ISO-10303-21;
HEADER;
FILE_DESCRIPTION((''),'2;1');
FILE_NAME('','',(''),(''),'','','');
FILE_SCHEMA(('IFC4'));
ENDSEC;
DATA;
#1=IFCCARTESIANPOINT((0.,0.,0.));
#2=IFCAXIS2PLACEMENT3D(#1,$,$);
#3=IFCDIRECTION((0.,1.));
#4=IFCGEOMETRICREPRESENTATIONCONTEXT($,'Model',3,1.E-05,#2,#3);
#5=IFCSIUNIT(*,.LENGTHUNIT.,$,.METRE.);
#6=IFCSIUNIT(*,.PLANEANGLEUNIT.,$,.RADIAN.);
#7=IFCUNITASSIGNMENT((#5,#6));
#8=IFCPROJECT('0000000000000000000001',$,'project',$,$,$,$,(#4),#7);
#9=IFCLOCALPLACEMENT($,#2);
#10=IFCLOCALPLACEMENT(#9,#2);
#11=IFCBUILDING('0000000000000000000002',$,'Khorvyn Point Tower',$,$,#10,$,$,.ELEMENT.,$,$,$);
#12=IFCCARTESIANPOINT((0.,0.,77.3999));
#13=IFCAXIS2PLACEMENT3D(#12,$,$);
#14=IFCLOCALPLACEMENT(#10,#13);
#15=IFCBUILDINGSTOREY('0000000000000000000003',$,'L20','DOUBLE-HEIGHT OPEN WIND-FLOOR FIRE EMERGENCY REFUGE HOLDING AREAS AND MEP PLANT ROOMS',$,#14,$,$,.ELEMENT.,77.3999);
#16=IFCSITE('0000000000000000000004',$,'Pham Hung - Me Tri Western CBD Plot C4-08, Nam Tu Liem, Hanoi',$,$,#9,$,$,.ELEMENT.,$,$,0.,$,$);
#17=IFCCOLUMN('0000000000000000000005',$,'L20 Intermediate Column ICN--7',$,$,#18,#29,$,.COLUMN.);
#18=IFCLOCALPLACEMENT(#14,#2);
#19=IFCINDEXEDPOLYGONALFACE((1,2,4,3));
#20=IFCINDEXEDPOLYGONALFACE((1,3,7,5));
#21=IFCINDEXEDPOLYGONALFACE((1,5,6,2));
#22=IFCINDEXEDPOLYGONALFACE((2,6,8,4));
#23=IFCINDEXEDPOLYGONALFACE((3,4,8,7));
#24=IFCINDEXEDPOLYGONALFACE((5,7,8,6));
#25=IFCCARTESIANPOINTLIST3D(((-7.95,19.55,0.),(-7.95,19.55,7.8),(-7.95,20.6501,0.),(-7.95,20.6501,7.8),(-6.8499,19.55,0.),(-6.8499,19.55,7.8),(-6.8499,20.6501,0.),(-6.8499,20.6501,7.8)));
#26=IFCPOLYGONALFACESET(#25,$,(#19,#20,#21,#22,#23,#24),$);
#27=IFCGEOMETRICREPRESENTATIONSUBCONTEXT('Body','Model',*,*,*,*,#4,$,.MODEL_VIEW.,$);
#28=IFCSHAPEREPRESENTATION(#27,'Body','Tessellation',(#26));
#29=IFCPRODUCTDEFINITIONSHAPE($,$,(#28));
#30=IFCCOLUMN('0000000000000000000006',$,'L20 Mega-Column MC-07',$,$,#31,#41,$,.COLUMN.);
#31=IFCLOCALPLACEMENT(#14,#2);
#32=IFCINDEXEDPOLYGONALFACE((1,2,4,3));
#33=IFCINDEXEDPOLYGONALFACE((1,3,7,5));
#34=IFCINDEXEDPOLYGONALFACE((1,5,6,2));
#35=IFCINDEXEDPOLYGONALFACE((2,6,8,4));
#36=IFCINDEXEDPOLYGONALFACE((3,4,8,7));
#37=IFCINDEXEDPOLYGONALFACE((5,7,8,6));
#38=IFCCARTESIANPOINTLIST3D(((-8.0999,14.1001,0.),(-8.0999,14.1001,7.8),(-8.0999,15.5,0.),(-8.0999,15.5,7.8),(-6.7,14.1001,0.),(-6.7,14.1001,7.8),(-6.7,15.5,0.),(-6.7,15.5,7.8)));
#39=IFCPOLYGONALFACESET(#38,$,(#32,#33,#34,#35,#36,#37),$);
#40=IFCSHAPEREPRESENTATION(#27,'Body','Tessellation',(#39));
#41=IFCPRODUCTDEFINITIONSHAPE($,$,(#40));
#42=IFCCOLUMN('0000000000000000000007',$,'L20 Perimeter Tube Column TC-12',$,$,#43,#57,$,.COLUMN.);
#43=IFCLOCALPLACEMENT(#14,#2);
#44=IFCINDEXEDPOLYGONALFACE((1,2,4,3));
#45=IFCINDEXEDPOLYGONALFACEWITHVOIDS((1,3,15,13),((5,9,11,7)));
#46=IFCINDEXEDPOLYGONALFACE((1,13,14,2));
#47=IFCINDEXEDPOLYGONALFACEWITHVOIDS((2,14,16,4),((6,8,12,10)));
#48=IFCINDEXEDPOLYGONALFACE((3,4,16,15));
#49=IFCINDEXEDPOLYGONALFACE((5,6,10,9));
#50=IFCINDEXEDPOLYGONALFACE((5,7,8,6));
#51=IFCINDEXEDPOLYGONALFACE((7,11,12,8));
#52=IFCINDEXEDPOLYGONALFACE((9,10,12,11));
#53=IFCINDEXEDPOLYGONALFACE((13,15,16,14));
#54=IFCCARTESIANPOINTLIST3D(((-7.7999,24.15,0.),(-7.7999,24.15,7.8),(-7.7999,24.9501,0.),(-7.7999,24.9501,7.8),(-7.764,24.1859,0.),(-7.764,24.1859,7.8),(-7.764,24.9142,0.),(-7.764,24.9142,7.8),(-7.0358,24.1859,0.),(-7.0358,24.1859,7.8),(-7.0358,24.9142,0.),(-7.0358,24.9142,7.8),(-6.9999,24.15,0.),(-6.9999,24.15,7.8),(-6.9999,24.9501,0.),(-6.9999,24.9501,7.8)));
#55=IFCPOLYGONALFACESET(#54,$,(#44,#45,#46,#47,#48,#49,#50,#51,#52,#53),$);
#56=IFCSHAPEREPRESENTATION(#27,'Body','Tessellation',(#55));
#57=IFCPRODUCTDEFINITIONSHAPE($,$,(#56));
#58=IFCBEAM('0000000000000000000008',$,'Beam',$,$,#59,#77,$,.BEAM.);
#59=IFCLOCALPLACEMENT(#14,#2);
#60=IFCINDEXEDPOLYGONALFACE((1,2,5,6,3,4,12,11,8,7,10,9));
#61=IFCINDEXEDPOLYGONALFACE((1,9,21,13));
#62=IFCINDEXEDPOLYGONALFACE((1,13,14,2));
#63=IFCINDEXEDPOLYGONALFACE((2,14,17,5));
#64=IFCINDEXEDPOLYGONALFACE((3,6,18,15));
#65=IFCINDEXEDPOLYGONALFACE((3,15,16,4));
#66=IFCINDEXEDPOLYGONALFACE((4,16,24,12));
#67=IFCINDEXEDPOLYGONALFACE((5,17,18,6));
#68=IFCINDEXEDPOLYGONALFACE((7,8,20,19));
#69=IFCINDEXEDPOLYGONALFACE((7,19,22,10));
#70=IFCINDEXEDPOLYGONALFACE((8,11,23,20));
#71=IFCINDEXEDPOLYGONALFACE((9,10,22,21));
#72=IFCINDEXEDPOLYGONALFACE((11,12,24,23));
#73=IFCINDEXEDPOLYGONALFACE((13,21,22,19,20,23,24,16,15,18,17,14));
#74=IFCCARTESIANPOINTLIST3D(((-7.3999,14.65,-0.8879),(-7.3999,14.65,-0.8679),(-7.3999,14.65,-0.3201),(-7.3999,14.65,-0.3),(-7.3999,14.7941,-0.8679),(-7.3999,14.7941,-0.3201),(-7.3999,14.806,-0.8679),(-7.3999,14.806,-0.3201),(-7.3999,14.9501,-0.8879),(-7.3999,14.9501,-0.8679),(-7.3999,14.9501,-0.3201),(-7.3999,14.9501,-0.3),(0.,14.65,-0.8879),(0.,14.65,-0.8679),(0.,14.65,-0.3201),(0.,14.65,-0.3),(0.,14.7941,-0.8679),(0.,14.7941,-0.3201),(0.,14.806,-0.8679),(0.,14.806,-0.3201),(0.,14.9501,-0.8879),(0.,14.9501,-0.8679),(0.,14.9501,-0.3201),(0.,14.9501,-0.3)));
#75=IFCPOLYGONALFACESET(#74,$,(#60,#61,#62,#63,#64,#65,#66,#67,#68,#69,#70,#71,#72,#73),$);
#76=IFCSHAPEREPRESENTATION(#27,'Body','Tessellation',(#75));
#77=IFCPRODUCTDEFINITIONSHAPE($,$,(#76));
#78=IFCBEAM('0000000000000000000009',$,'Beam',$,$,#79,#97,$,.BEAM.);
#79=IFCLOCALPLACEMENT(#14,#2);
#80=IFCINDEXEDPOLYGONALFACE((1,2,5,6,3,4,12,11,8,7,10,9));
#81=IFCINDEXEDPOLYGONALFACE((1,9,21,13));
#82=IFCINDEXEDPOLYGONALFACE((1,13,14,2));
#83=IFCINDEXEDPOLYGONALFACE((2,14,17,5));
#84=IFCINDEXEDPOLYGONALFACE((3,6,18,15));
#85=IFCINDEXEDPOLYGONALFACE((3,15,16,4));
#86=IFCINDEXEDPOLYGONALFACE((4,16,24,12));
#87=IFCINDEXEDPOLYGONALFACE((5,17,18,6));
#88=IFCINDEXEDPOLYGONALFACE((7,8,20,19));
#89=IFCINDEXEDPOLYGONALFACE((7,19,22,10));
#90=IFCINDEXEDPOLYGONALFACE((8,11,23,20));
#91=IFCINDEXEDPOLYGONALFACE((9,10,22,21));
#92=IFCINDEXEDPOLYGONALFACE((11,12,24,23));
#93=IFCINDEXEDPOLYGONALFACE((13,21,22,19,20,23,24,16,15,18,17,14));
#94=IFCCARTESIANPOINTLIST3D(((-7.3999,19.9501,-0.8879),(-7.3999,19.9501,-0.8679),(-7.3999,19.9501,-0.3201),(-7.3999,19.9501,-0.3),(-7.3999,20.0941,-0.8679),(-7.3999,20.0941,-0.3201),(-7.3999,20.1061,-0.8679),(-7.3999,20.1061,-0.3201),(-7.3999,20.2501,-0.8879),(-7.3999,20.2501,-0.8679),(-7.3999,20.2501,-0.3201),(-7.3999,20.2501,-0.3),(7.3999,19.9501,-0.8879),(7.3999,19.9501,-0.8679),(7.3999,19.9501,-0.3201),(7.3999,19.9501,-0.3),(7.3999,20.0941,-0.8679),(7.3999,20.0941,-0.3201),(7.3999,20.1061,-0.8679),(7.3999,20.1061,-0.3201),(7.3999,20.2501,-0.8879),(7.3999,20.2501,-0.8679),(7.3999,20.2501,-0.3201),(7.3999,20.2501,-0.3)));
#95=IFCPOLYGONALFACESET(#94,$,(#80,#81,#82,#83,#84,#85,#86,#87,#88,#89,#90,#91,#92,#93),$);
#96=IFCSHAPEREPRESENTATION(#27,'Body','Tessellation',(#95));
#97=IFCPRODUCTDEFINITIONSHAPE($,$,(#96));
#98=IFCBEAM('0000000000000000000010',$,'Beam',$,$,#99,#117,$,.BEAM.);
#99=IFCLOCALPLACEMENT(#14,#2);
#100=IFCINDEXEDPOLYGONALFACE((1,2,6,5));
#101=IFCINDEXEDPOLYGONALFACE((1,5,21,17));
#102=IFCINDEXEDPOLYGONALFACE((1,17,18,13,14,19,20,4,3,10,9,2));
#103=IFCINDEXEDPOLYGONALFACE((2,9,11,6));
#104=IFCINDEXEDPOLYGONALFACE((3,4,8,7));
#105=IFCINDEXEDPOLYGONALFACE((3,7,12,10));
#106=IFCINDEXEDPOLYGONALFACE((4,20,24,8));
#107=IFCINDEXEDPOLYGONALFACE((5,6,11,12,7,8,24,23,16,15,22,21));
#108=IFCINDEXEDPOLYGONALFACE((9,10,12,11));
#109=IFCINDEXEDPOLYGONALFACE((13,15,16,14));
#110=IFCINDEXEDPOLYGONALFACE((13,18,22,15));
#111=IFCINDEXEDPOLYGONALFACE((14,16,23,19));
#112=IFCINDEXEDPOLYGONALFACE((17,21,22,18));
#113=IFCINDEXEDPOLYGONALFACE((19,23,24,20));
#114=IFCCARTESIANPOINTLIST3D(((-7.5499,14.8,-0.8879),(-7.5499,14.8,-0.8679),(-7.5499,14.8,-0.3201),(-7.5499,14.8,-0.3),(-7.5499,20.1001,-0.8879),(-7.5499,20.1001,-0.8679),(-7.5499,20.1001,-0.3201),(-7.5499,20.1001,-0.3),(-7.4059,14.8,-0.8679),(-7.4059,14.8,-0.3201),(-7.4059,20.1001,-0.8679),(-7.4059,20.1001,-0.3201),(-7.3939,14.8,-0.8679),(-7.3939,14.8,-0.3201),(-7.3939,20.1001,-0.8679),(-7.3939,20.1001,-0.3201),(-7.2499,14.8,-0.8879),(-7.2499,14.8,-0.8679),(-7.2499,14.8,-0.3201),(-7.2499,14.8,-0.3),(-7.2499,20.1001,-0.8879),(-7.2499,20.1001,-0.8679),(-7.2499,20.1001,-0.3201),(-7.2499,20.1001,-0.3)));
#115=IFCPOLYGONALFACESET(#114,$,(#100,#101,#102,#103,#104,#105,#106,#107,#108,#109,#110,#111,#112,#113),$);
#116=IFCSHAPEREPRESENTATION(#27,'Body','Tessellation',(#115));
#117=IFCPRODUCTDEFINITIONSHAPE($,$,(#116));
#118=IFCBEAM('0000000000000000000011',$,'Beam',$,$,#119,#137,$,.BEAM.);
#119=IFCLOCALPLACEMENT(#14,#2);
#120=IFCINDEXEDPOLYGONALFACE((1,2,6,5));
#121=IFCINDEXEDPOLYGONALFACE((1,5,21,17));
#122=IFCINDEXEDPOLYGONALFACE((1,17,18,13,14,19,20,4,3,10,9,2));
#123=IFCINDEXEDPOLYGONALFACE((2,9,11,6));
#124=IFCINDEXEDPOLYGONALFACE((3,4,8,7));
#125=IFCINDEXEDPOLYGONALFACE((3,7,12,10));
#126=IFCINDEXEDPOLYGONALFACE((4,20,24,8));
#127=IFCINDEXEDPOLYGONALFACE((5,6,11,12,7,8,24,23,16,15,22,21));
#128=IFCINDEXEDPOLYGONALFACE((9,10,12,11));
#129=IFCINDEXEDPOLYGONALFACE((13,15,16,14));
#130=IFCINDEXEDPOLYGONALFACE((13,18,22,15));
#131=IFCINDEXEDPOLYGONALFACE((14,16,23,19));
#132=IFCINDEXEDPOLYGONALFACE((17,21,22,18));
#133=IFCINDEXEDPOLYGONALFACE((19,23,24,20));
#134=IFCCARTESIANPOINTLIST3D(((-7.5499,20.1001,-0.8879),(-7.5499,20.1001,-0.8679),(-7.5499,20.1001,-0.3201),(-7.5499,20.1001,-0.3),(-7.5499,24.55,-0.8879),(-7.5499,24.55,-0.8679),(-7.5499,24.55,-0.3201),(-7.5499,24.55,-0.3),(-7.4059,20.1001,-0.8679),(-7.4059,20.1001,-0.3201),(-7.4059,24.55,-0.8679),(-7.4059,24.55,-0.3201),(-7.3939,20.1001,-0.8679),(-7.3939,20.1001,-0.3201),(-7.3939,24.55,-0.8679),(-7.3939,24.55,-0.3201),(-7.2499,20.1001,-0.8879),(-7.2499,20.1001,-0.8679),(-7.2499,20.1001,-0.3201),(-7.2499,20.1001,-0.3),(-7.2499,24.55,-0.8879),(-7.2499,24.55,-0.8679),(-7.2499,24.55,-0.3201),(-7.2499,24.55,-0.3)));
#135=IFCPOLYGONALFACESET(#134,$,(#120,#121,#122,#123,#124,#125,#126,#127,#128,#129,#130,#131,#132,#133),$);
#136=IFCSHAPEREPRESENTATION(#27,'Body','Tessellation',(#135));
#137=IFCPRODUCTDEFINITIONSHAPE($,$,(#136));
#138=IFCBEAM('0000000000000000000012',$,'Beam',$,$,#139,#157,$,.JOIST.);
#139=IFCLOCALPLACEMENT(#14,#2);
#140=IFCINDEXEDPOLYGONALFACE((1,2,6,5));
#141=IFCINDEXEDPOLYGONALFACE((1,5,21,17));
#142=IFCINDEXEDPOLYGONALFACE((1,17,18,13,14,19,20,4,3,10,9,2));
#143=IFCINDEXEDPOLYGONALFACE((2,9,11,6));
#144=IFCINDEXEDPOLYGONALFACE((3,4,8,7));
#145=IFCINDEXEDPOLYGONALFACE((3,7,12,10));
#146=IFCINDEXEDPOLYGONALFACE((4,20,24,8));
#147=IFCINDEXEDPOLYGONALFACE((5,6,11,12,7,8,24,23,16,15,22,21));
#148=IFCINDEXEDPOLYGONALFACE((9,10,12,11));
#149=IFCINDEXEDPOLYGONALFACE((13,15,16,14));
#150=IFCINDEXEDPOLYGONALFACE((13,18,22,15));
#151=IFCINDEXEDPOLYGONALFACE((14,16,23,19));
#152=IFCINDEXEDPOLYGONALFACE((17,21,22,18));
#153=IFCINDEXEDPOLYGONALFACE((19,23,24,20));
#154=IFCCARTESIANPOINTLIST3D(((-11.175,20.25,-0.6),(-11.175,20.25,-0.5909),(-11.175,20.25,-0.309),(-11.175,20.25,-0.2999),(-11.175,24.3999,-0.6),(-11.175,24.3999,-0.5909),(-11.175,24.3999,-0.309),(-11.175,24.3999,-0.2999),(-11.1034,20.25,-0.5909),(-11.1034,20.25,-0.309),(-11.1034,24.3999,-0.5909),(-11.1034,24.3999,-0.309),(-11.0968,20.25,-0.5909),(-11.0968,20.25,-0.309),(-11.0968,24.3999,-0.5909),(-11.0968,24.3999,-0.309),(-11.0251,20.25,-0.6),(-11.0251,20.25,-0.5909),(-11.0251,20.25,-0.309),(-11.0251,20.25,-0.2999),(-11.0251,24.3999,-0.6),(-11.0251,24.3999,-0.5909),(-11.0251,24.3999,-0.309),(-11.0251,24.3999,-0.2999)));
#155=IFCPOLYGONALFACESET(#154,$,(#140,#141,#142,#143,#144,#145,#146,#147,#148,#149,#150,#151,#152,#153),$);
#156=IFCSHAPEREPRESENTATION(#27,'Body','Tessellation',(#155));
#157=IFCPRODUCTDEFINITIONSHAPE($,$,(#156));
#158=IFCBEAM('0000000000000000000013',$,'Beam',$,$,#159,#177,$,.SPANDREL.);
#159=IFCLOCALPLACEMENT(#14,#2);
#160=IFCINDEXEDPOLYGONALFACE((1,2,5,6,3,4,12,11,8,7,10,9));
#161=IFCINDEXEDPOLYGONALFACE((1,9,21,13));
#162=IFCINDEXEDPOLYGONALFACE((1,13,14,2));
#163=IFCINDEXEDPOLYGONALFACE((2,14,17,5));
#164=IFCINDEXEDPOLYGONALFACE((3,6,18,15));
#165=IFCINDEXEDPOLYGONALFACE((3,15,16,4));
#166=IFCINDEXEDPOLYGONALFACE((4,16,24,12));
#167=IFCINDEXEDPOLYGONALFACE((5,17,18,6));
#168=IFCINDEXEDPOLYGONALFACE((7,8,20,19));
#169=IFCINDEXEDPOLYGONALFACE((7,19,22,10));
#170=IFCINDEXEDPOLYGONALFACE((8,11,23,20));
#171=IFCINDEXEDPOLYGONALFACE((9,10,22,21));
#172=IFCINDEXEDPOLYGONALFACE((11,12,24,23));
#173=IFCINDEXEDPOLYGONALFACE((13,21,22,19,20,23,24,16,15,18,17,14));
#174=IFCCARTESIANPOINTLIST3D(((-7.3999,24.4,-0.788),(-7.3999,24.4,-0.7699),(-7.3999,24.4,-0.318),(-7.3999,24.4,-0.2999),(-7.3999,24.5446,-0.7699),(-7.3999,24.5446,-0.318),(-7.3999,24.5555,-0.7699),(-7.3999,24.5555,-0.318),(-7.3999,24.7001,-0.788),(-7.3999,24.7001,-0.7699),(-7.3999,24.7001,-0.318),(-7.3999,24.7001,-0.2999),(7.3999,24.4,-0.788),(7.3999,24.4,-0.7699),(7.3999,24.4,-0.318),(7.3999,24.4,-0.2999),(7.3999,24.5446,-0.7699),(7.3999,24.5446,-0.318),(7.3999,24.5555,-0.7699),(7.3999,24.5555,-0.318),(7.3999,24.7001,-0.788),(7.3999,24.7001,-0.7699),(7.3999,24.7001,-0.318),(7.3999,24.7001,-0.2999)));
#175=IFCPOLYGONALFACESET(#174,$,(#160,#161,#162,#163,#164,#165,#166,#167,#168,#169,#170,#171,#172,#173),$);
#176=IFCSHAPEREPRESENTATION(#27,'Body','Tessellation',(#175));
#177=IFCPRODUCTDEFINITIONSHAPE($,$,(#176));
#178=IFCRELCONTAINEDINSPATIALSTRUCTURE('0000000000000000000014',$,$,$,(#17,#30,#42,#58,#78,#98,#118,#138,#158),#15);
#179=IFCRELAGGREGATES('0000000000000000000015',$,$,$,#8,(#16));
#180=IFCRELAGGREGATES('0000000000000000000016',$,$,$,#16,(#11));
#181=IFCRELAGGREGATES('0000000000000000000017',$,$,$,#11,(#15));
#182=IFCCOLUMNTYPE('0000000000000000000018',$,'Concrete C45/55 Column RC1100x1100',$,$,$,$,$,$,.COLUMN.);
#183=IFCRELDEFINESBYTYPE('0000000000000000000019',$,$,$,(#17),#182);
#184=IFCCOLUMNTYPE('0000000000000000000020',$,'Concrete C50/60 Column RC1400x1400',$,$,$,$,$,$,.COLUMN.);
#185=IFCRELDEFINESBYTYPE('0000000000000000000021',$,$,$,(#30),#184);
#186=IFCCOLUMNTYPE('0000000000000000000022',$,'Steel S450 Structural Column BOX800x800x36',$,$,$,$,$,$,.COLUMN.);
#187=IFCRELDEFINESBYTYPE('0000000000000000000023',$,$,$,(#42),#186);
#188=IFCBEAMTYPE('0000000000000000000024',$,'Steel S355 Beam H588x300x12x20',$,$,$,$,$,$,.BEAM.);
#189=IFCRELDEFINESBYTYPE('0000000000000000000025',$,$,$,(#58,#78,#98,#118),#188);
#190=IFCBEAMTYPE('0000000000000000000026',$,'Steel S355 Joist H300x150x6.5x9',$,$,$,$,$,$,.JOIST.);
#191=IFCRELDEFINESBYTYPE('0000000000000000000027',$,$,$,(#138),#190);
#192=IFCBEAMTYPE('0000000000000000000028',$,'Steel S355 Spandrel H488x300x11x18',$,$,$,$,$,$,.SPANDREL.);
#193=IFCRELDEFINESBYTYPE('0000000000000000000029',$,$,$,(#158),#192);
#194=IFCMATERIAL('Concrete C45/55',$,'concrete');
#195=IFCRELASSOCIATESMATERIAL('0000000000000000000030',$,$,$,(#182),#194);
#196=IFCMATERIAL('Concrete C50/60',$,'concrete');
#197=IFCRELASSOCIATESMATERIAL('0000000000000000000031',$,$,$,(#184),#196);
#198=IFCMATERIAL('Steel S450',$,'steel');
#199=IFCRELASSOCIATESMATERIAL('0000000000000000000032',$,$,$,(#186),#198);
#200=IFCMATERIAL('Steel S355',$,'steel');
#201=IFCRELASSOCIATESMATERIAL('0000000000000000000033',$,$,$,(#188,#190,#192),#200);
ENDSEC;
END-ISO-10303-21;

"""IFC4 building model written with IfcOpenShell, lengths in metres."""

from ifc_helpers import new_model, si_unit, direction, frame, origin, origin_2d, place, context, subcontext, project, spatial, rectangle, hollow_rectangle, i_section, extrude, material, material_profile, profile_set, type_object, element, save


model = new_model("IFC4")

# Units and contexts
model_context = context("Model", 3, precision=1e-05, world=origin(), true_north=direction((0.0, 1.0)))
body_context = subcontext(model_context, "Body", "Model", "MODEL_VIEW")
ifc_project = project(units=[si_unit("LENGTHUNIT", "METRE"), si_unit("PLANEANGLEUNIT", "RADIAN")], contexts=[model_context])

# Site, building, storey
site_placement = place(None, origin())
site = spatial("IfcSite", under=ifc_project, at=site_placement, Name="Pham Hung - Me Tri Western CBD Plot C4-08, Nam Tu Liem, Hanoi", CompositionType="ELEMENT", RefElevation=0.0)
building_placement = place(site_placement, origin())
building = spatial("IfcBuilding", under=site, at=building_placement, Name="Khorvyn Point Tower", CompositionType="ELEMENT")
storey_placement = place(building_placement, frame((0.0, 0.0, 77.3999)))
storey = spatial("IfcBuildingStorey", under=building, at=storey_placement, Name="L20", Description="DOUBLE-HEIGHT OPEN WIND-FLOOR FIRE EMERGENCY REFUGE HOLDING AREAS AND MEP PLANT ROOMS", CompositionType="ELEMENT", Elevation=77.3999)

# Columns
ifc_material_1 = material(Name="Concrete C45/55", Category="concrete")
ifc_material_profile_1 = material_profile(ifc_material_1, rectangle(XDim=1.1001, YDim=1.1001, at=origin_2d()))
ifc_profile_set_1 = profile_set([ifc_material_profile_1], Name="Concrete C45/55 RC1100x1100")
column_type_1 = type_object("IfcColumnType", Name="Concrete C45/55 Column RC1100x1100", PredefinedType="COLUMN", material=ifc_profile_set_1)
column_1_placement = place(storey_placement, frame((-7.3999, 20.1001, 0.0), z_axis=(0.0, 0.0, 1.0), x_axis=(1.0, 0.0, 0.0)))
element("IfcColumn", 1, at=column_1_placement, inside=storey, type_object=column_type_1, Name="L20 Intermediate Column ICN--7", PredefinedType="COLUMN", context=body_context, shape_type="SweptSolid", body=[
    extrude(rectangle(XDim=1.1001, YDim=1.1001, at=origin_2d()), origin(), (0.0, 0.0, 1.0), 7.8),
])
ifc_material_2 = material(Name="Concrete C50/60", Category="concrete")
ifc_material_profile_2 = material_profile(ifc_material_2, rectangle(XDim=1.3999, YDim=1.3999, at=origin_2d()))
ifc_profile_set_2 = profile_set([ifc_material_profile_2], Name="Concrete C50/60 RC1400x1400")
column_type_2 = type_object("IfcColumnType", Name="Concrete C50/60 Column RC1400x1400", PredefinedType="COLUMN", material=ifc_profile_set_2)
column_2_placement = place(storey_placement, frame((-7.3999, 14.8, 0.0), z_axis=(0.0, 0.0, 1.0), x_axis=(1.0, 0.0, 0.0)))
element("IfcColumn", 2, at=column_2_placement, inside=storey, type_object=column_type_2, Name="L20 Mega-Column MC-07", PredefinedType="COLUMN", context=body_context, shape_type="SweptSolid", body=[
    extrude(rectangle(XDim=1.3999, YDim=1.3999, at=origin_2d()), origin(), (0.0, 0.0, 1.0), 7.8),
])
ifc_material_3 = material(Name="Steel S450", Category="steel")
ifc_material_profile_3 = material_profile(ifc_material_3, hollow_rectangle(XDim=0.8, YDim=0.8, WallThickness=0.0359, at=origin_2d()))
ifc_profile_set_3 = profile_set([ifc_material_profile_3], Name="Steel S450 BOX800x800x36")
column_type_3 = type_object("IfcColumnType", Name="Steel S450 Structural Column BOX800x800x36", PredefinedType="COLUMN", material=ifc_profile_set_3)
column_3_placement = place(storey_placement, frame((-7.3999, 24.55, 0.0), z_axis=(0.0, 0.0, 1.0), x_axis=(1.0, 0.0, 0.0)))
element("IfcColumn", 3, at=column_3_placement, inside=storey, type_object=column_type_3, Name="L20 Perimeter Tube Column TC-12", PredefinedType="COLUMN", context=body_context, shape_type="SweptSolid", body=[
    extrude(hollow_rectangle(XDim=0.8, YDim=0.8, WallThickness=0.0359, at=origin_2d()), origin(), (0.0, 0.0, 1.0), 7.8),
])

# Beams
ifc_material_4 = material(Name="Steel S355", Category="steel")
ifc_material_profile_4 = material_profile(ifc_material_4, i_section(OverallWidth=0.3, OverallDepth=0.5879, WebThickness=0.012, FlangeThickness=0.02, at=origin_2d()))
ifc_profile_set_4 = profile_set([ifc_material_profile_4], Name="Steel S355 H588x300x12x20")
beam_type_1 = type_object("IfcBeamType", Name="Steel S355 Beam H588x300x12x20", PredefinedType="BEAM", material=ifc_profile_set_4)
beam_1_placement = place(storey_placement, frame((-7.3999, 14.8, -0.594), z_axis=(1.0, 0.0, 0.0), x_axis=(0.0, 1.0, 0.0)))
element("IfcBeam", 4, at=beam_1_placement, inside=storey, type_object=beam_type_1, Name="Beam", PredefinedType="BEAM", context=body_context, shape_type="SweptSolid", body=[
    extrude(i_section(OverallWidth=0.3, OverallDepth=0.5879, WebThickness=0.012, FlangeThickness=0.02, at=origin_2d()), origin(), (0.0, 0.0, 1.0), 7.3999),
])
beam_2_placement = place(storey_placement, frame((-7.3999, 20.1001, -0.594), z_axis=(1.0, 0.0, 0.0), x_axis=(0.0, 1.0, 0.0)))
element("IfcBeam", 5, at=beam_2_placement, inside=storey, type_object=beam_type_1, Name="Beam", PredefinedType="BEAM", context=body_context, shape_type="SweptSolid", body=[
    extrude(i_section(OverallWidth=0.3, OverallDepth=0.5879, WebThickness=0.012, FlangeThickness=0.02, at=origin_2d()), origin(), (0.0, 0.0, 1.0), 14.7998),
])
beam_3_placement = place(storey_placement, frame((-7.3999, 14.8, -0.594), z_axis=(0.0, 1.0, 0.0), x_axis=(-1.0, 0.0, 0.0)))
element("IfcBeam", 6, at=beam_3_placement, inside=storey, type_object=beam_type_1, Name="Beam", PredefinedType="BEAM", context=body_context, shape_type="SweptSolid", body=[
    extrude(i_section(OverallWidth=0.3, OverallDepth=0.5879, WebThickness=0.012, FlangeThickness=0.02, at=origin_2d()), origin(), (0.0, 0.0, 1.0), 5.3),
])
beam_4_placement = place(storey_placement, frame((-7.3999, 20.1001, -0.594), z_axis=(0.0, 1.0, 0.0), x_axis=(-1.0, 0.0, 0.0)))
element("IfcBeam", 7, at=beam_4_placement, inside=storey, type_object=beam_type_1, Name="Beam", PredefinedType="BEAM", context=body_context, shape_type="SweptSolid", body=[
    extrude(i_section(OverallWidth=0.3, OverallDepth=0.5879, WebThickness=0.012, FlangeThickness=0.02, at=origin_2d()), origin(), (0.0, 0.0, 1.0), 4.45),
])
ifc_material_profile_5 = material_profile(ifc_material_4, i_section(OverallWidth=0.1499, OverallDepth=0.3, WebThickness=0.0066, FlangeThickness=0.009, at=origin_2d()))
ifc_profile_set_5 = profile_set([ifc_material_profile_5], Name="Steel S355 H300x150x6.5x9")
beam_type_2 = type_object("IfcBeamType", Name="Steel S355 Joist H300x150x6.5x9", PredefinedType="JOIST", material=ifc_profile_set_5)
beam_5_placement = place(storey_placement, frame((-11.1001, 20.25, -0.45), z_axis=(0.0, 1.0, 0.0), x_axis=(-1.0, 0.0, 0.0)))
element("IfcBeam", 8, at=beam_5_placement, inside=storey, type_object=beam_type_2, Name="Beam", PredefinedType="JOIST", context=body_context, shape_type="SweptSolid", body=[
    extrude(i_section(OverallWidth=0.1499, OverallDepth=0.3, WebThickness=0.0066, FlangeThickness=0.009, at=origin_2d()), origin(), (0.0, 0.0, 1.0), 4.1499),
])
ifc_material_profile_6 = material_profile(ifc_material_4, i_section(OverallWidth=0.3, OverallDepth=0.488, WebThickness=0.011, FlangeThickness=0.0181, at=origin_2d()))
ifc_profile_set_6 = profile_set([ifc_material_profile_6], Name="Steel S355 H488x300x11x18")
beam_type_3 = type_object("IfcBeamType", Name="Steel S355 Spandrel H488x300x11x18", PredefinedType="SPANDREL", material=ifc_profile_set_6)
beam_6_placement = place(storey_placement, frame((-7.3999, 24.55, -0.5439), z_axis=(1.0, 0.0, 0.0), x_axis=(0.0, 1.0, 0.0)))
element("IfcBeam", 9, at=beam_6_placement, inside=storey, type_object=beam_type_3, Name="Beam", PredefinedType="SPANDREL", context=body_context, shape_type="SweptSolid", body=[
    extrude(i_section(OverallWidth=0.3, OverallDepth=0.488, WebThickness=0.011, FlangeThickness=0.0181, at=origin_2d()), origin(), (0.0, 0.0, 1.0), 14.7998),
])

save(model, "model.ifc")
